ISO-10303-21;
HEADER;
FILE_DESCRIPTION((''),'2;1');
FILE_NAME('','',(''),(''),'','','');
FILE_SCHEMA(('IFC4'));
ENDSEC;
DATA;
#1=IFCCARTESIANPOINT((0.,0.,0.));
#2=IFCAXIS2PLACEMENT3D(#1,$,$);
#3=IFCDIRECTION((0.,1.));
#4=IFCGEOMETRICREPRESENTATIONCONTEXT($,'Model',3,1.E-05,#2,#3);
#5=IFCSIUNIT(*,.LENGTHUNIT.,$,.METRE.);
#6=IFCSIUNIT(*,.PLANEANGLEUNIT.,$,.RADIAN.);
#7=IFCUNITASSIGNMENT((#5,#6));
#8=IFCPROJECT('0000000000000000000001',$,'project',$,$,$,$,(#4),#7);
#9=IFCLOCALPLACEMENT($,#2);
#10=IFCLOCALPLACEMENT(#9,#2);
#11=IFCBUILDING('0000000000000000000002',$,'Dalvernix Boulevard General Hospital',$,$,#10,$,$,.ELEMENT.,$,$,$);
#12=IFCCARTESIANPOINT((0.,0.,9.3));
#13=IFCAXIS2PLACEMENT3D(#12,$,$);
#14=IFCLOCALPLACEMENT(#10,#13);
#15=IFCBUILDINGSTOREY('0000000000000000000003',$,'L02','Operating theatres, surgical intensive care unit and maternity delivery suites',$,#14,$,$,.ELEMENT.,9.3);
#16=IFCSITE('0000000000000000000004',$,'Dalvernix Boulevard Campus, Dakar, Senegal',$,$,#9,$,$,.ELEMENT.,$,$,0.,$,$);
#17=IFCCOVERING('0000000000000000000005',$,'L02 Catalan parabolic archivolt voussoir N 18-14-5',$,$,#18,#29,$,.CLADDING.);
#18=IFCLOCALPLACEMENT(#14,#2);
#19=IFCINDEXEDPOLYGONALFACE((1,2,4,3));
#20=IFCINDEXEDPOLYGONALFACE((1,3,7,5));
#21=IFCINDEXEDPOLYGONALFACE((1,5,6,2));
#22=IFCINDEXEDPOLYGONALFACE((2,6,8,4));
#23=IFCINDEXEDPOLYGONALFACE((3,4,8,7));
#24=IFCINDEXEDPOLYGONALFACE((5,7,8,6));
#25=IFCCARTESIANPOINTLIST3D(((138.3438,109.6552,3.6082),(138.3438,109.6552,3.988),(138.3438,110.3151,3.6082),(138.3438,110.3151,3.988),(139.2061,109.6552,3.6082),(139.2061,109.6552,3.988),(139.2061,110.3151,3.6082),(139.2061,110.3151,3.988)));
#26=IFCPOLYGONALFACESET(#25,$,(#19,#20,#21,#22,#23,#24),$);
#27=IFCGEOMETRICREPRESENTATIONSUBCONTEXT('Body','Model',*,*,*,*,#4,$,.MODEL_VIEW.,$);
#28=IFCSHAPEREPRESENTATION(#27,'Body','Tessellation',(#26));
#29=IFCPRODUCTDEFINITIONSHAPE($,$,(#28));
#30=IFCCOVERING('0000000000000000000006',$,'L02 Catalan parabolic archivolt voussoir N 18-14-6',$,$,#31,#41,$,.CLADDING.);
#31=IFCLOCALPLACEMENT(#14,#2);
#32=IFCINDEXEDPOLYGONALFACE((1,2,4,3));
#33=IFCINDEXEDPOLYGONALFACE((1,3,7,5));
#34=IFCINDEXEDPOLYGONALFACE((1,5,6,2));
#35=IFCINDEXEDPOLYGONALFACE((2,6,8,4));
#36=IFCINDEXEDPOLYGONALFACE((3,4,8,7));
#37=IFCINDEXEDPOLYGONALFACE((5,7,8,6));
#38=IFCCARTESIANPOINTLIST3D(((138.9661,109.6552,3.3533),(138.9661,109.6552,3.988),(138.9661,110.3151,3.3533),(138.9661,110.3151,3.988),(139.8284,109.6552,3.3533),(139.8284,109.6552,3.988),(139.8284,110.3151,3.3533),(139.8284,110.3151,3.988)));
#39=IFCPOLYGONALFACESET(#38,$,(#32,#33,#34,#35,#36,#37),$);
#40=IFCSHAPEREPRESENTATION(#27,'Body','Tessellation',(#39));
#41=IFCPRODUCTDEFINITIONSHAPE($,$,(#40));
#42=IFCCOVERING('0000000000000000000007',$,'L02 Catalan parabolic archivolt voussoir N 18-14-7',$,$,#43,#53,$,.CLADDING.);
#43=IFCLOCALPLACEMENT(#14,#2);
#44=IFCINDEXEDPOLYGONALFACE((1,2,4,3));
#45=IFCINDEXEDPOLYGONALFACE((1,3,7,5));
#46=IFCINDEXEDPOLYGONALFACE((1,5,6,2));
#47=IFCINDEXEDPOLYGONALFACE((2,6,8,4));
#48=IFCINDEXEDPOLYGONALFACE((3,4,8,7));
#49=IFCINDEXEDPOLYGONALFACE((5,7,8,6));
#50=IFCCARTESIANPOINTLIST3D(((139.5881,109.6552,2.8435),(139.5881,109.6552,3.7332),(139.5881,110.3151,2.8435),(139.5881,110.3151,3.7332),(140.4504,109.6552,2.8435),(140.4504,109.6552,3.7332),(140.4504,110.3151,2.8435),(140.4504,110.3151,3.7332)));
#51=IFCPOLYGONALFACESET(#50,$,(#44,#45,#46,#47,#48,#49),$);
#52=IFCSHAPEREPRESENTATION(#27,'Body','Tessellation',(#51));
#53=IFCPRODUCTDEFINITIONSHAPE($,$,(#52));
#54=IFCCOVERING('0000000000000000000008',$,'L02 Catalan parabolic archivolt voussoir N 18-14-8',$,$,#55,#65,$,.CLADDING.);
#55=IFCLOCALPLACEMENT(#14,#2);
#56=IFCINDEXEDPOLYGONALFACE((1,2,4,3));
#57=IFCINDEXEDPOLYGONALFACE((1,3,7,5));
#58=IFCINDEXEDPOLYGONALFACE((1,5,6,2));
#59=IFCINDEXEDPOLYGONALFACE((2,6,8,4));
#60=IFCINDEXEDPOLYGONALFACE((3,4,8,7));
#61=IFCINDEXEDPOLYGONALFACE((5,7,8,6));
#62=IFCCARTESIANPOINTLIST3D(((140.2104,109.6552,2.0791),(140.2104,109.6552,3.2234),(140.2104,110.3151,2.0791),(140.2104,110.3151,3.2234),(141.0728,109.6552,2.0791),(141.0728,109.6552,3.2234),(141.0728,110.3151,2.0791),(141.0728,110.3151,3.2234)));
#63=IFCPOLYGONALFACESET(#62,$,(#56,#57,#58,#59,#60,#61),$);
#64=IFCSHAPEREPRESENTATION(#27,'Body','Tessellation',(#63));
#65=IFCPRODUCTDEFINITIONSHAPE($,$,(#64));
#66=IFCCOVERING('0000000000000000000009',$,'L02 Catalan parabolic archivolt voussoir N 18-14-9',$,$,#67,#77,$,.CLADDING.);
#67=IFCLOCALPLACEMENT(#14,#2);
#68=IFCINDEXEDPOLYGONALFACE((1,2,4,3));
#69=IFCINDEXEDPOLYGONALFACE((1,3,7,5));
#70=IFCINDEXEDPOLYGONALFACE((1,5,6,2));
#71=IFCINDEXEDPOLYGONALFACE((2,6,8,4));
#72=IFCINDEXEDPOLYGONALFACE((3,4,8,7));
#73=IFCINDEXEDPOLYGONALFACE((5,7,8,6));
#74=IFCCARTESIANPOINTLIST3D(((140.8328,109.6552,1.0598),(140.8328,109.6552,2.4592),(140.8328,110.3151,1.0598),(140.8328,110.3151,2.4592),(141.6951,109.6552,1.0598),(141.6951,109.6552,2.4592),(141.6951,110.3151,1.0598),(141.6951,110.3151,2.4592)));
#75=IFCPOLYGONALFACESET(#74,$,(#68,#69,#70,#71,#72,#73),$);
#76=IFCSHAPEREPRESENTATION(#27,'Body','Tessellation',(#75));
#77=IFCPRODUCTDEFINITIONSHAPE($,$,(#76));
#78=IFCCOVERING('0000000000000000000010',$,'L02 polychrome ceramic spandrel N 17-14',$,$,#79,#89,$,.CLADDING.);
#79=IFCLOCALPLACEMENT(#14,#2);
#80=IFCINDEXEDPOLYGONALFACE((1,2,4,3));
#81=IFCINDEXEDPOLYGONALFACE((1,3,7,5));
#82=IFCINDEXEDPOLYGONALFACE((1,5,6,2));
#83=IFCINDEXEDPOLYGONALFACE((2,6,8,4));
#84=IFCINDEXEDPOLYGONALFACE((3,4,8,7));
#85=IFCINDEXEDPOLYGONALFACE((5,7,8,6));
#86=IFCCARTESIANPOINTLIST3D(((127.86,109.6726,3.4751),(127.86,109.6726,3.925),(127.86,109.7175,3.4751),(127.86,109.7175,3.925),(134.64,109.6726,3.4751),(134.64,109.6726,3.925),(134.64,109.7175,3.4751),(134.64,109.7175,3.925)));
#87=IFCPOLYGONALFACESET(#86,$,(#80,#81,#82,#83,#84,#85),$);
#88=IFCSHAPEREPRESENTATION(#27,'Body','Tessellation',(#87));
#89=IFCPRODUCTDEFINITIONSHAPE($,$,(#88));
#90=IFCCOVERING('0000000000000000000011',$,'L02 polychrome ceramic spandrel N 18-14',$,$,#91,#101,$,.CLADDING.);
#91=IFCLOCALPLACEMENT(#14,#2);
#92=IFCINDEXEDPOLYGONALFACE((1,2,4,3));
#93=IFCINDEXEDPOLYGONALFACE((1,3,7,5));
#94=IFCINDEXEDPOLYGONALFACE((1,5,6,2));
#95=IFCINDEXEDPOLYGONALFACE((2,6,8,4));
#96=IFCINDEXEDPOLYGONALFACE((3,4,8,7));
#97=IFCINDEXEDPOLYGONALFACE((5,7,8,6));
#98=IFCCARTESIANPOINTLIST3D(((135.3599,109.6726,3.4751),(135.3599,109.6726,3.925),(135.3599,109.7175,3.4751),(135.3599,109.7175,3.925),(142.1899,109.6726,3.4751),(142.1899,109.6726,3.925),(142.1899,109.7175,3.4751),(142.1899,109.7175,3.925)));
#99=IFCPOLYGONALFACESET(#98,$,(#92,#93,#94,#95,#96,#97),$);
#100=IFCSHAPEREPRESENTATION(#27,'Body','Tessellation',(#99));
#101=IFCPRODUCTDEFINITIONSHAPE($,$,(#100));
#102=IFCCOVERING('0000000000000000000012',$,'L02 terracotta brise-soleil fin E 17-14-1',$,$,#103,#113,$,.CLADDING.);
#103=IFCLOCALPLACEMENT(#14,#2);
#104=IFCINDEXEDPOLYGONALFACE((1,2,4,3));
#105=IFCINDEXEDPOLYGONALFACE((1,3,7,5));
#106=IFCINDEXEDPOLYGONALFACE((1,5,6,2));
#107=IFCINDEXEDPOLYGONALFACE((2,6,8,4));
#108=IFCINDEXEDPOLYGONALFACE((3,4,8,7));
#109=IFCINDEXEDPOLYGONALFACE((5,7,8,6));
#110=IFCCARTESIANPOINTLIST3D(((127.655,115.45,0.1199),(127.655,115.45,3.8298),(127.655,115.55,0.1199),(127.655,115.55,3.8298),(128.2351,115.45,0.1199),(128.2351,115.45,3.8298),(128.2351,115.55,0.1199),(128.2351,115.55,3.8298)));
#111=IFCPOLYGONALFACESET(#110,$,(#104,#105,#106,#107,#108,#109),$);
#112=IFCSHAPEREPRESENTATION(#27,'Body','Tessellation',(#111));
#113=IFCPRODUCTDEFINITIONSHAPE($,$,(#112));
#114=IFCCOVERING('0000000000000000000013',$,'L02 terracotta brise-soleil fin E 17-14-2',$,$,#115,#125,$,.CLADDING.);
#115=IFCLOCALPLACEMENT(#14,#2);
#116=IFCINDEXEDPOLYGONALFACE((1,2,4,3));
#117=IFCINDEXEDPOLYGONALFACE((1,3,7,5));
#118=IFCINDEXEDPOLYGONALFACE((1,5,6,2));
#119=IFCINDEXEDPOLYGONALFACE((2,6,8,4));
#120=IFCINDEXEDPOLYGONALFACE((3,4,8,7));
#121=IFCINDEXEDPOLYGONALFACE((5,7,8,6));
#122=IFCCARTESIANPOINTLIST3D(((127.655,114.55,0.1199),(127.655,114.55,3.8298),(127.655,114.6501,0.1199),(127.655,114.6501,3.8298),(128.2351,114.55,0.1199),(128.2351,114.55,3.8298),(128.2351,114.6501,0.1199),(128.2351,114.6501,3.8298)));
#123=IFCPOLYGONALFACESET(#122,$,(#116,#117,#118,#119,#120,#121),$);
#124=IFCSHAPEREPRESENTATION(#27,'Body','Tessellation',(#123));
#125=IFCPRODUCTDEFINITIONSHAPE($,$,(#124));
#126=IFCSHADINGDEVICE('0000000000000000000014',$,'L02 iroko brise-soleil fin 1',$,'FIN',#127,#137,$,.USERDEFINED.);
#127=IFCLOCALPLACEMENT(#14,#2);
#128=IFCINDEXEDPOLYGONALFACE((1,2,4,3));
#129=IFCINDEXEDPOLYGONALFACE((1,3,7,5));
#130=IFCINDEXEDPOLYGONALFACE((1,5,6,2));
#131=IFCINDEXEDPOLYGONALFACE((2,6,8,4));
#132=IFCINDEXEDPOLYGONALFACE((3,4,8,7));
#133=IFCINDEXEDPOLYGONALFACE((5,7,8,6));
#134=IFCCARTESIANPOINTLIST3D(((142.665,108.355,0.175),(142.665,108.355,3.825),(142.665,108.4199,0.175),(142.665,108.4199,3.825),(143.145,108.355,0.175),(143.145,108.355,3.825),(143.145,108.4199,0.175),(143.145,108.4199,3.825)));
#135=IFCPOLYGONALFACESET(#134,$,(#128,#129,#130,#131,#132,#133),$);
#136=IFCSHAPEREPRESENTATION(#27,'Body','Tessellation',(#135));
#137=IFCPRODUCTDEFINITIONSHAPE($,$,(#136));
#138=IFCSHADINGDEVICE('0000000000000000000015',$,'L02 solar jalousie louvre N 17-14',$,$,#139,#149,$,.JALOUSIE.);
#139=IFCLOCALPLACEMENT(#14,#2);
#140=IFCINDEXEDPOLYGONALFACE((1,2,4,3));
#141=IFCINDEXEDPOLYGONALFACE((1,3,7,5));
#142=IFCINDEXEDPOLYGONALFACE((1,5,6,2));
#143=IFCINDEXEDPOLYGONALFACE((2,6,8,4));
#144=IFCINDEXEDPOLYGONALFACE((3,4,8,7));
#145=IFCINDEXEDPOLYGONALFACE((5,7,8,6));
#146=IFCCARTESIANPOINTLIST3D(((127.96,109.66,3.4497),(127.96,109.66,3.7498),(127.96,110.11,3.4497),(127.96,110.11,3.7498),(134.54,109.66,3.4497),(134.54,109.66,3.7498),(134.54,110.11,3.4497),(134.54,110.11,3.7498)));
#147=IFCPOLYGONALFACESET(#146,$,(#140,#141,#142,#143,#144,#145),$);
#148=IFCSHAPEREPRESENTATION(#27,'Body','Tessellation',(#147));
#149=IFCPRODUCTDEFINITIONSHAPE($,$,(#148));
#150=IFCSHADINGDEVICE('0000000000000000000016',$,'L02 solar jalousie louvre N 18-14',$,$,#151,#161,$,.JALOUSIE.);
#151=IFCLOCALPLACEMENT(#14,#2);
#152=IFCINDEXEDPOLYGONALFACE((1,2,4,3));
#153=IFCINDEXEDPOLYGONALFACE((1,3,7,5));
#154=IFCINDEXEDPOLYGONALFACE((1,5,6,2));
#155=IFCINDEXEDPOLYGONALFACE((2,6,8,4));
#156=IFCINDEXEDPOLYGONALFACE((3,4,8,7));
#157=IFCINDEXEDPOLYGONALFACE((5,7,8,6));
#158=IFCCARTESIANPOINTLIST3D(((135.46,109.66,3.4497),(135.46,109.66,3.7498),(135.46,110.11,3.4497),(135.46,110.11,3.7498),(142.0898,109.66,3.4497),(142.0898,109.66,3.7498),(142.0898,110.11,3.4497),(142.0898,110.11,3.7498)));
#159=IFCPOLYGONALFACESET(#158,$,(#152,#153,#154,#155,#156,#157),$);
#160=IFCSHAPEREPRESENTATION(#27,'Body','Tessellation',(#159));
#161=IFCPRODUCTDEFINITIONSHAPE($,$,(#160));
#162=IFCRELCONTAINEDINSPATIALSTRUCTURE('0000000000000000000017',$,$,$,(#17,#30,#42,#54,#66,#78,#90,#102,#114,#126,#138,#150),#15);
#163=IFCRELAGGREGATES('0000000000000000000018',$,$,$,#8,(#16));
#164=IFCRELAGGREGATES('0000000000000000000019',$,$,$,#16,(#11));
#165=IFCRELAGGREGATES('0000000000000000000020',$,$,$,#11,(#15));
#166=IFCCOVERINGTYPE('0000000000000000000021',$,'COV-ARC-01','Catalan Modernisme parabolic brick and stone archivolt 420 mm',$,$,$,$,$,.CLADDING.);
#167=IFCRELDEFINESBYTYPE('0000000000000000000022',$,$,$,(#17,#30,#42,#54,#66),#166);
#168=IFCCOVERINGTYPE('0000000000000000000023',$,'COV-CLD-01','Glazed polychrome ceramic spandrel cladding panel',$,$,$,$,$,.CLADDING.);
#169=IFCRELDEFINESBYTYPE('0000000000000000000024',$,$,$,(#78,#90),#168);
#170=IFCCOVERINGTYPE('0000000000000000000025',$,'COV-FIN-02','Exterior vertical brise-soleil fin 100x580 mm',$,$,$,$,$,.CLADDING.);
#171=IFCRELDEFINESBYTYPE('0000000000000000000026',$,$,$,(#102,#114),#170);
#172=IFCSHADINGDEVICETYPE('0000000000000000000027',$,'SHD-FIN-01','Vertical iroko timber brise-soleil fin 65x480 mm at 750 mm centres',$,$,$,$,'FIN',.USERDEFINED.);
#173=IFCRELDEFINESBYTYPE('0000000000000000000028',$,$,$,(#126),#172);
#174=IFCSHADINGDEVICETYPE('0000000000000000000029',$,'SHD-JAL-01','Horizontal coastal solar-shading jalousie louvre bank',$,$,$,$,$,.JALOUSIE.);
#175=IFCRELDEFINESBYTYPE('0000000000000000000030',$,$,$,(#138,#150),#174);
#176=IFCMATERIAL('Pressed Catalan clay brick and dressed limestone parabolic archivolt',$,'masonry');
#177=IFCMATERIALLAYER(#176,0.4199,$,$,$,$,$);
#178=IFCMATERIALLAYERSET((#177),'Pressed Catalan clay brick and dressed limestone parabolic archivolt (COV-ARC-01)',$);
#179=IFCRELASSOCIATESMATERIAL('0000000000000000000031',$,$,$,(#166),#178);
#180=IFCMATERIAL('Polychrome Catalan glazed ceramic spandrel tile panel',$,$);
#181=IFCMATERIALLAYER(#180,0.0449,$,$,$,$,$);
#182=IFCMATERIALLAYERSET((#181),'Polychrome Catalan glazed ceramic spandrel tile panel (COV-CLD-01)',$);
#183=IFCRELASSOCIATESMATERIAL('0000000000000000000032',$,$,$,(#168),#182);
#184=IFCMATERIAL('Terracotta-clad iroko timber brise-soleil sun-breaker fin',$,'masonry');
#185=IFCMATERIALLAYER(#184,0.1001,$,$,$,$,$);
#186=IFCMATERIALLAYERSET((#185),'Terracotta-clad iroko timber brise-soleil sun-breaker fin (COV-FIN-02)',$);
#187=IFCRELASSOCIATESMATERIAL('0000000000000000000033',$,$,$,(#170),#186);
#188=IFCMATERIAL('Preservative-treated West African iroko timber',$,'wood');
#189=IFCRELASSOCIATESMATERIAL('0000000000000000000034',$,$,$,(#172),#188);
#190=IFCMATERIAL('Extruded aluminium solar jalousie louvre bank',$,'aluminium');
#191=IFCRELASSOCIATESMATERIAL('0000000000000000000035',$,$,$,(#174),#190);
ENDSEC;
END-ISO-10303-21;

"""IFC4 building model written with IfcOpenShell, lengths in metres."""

from ifc_helpers import new_model, si_unit, direction, frame, origin, origin_2d, place, context, subcontext, project, spatial, rectangle, extrude, material, layer, layer_set, type_object, element, save


model = new_model("IFC4")

# Units and contexts
model_context = context("Model", 3, precision=1e-05, world=origin(), true_north=direction((0.0, 1.0)))
body_context = subcontext(model_context, "Body", "Model", "MODEL_VIEW")
ifc_project = project(units=[si_unit("LENGTHUNIT", "METRE"), si_unit("PLANEANGLEUNIT", "RADIAN")], contexts=[model_context])

# Site, building, storey
site_placement = place(None, origin())
site = spatial("IfcSite", under=ifc_project, at=site_placement, Name="Dalvernix Boulevard Campus, Dakar, Senegal", CompositionType="ELEMENT", RefElevation=0.0)
building_placement = place(site_placement, origin())
building = spatial("IfcBuilding", under=site, at=building_placement, Name="Dalvernix Boulevard General Hospital", CompositionType="ELEMENT")
storey_placement = place(building_placement, frame((0.0, 0.0, 9.3)))
storey = spatial("IfcBuildingStorey", under=building, at=storey_placement, Name="L02", Description="Operating theatres, surgical intensive care unit and maternity delivery suites", CompositionType="ELEMENT", Elevation=9.3)

# Coverings
ifc_material_1 = material(Name="Pressed Catalan clay brick and dressed limestone parabolic archivolt", Category="masonry")
ifc_layer_1 = layer(ifc_material_1, 0.4199)
ifc_layer_set_1 = layer_set([ifc_layer_1], Name="Pressed Catalan clay brick and dressed limestone parabolic archivolt (COV-ARC-01)")
covering_type_1 = type_object("IfcCoveringType", Name="COV-ARC-01", Description="Catalan Modernisme parabolic brick and stone archivolt 420 mm", PredefinedType="CLADDING", material=ifc_layer_set_1)
covering_1_placement = place(storey_placement, frame((138.7749, 109.9851, 3.6082), z_axis=(0.0, 0.0, 1.0), x_axis=(1.0, 0.0, 0.0)))
element("IfcCovering", 1, at=covering_1_placement, inside=storey, type_object=covering_type_1, Name="L02 Catalan parabolic archivolt voussoir N 18-14-5", PredefinedType="CLADDING", context=body_context, shape_type="SweptSolid", body=[
    extrude(rectangle(XDim=0.8623, YDim=0.6599, at=origin_2d()), origin(), (0.0, 0.0, 1.0), 0.3799),
])
covering_2_placement = place(storey_placement, frame((139.3972, 109.9851, 3.3533), z_axis=(0.0, 0.0, 1.0), x_axis=(1.0, 0.0, 0.0)))
element("IfcCovering", 2, at=covering_2_placement, inside=storey, type_object=covering_type_1, Name="L02 Catalan parabolic archivolt voussoir N 18-14-6", PredefinedType="CLADDING", context=body_context, shape_type="SweptSolid", body=[
    extrude(rectangle(XDim=0.8623, YDim=0.6599, at=origin_2d()), origin(), (0.0, 0.0, 1.0), 0.6348),
])
covering_3_placement = place(storey_placement, frame((140.0193, 109.9851, 2.8435), z_axis=(0.0, 0.0, 1.0), x_axis=(1.0, 0.0, 0.0)))
element("IfcCovering", 3, at=covering_3_placement, inside=storey, type_object=covering_type_1, Name="L02 Catalan parabolic archivolt voussoir N 18-14-7", PredefinedType="CLADDING", context=body_context, shape_type="SweptSolid", body=[
    extrude(rectangle(XDim=0.8623, YDim=0.6599, at=origin_2d()), origin(), (0.0, 0.0, 1.0), 0.8896),
])
covering_4_placement = place(storey_placement, frame((140.6416, 109.9851, 2.0791), z_axis=(0.0, 0.0, 1.0), x_axis=(1.0, 0.0, 0.0)))
element("IfcCovering", 4, at=covering_4_placement, inside=storey, type_object=covering_type_1, Name="L02 Catalan parabolic archivolt voussoir N 18-14-8", PredefinedType="CLADDING", context=body_context, shape_type="SweptSolid", body=[
    extrude(rectangle(XDim=0.8623, YDim=0.6599, at=origin_2d()), origin(), (0.0, 0.0, 1.0), 1.1443),
])
covering_5_placement = place(storey_placement, frame((141.2639, 109.9851, 1.0598), z_axis=(0.0, 0.0, 1.0), x_axis=(1.0, 0.0, 0.0)))
element("IfcCovering", 5, at=covering_5_placement, inside=storey, type_object=covering_type_1, Name="L02 Catalan parabolic archivolt voussoir N 18-14-9", PredefinedType="CLADDING", context=body_context, shape_type="SweptSolid", body=[
    extrude(rectangle(XDim=0.8623, YDim=0.6599, at=origin_2d()), origin(), (0.0, 0.0, 1.0), 1.3994),
])
ifc_material_2 = material(Name="Polychrome Catalan glazed ceramic spandrel tile panel")
ifc_layer_2 = layer(ifc_material_2, 0.0449)
ifc_layer_set_2 = layer_set([ifc_layer_2], Name="Polychrome Catalan glazed ceramic spandrel tile panel (COV-CLD-01)")
covering_type_2 = type_object("IfcCoveringType", Name="COV-CLD-01", Description="Glazed polychrome ceramic spandrel cladding panel", PredefinedType="CLADDING", material=ifc_layer_set_2)
covering_6_placement = place(storey_placement, frame((131.25, 109.6951, 3.4751), z_axis=(0.0, 0.0, 1.0), x_axis=(1.0, 0.0, 0.0)))
element("IfcCovering", 6, at=covering_6_placement, inside=storey, type_object=covering_type_2, Name="L02 polychrome ceramic spandrel N 17-14", PredefinedType="CLADDING", context=body_context, shape_type="SweptSolid", body=[
    extrude(rectangle(XDim=6.78, YDim=0.0449, at=origin_2d()), origin(), (0.0, 0.0, 1.0), 0.45),
])
covering_7_placement = place(storey_placement, frame((138.7749, 109.6951, 3.4751), z_axis=(0.0, 0.0, 1.0), x_axis=(1.0, 0.0, 0.0)))
element("IfcCovering", 7, at=covering_7_placement, inside=storey, type_object=covering_type_2, Name="L02 polychrome ceramic spandrel N 18-14", PredefinedType="CLADDING", context=body_context, shape_type="SweptSolid", body=[
    extrude(rectangle(XDim=6.8301, YDim=0.0449, at=origin_2d()), origin(), (0.0, 0.0, 1.0), 0.45),
])
ifc_material_3 = material(Name="Terracotta-clad iroko timber brise-soleil sun-breaker fin", Category="masonry")
ifc_layer_3 = layer(ifc_material_3, 0.1001)
ifc_layer_set_3 = layer_set([ifc_layer_3], Name="Terracotta-clad iroko timber brise-soleil sun-breaker fin (COV-FIN-02)")
covering_type_3 = type_object("IfcCoveringType", Name="COV-FIN-02", Description="Exterior vertical brise-soleil fin 100x580 mm", PredefinedType="CLADDING", material=ifc_layer_set_3)
for number, where, z_axis, x_axis, name in (
    (8, (127.9451, 115.5, 0.1199), (0.0, 0.0, 1.0), (0.0, -1.0, 0.0), "L02 terracotta brise-soleil fin E 17-14-1"),
    (9, (127.9451, 114.6001, 0.1199), (0.0, 0.0, 1.0), (0.0, -1.0, 0.0), "L02 terracotta brise-soleil fin E 17-14-2"),
):
    element("IfcCovering", number, at=place(storey_placement, frame(where, z_axis=z_axis, x_axis=x_axis)), inside=storey, type_object=covering_type_3, Name=name, PredefinedType="CLADDING", context=body_context, shape_type="SweptSolid", body=[
        extrude(rectangle(XDim=0.1001, YDim=0.5801, at=origin_2d()), origin(), (0.0, 0.0, 1.0), 3.71),
    ])

# Shading devices
ifc_material_4 = material(Name="Preservative-treated West African iroko timber", Category="wood")
shading_device_type_1 = type_object("IfcShadingDeviceType", Name="SHD-FIN-01", Description="Vertical iroko timber brise-soleil fin 65x480 mm at 750 mm centres", ElementType="FIN", PredefinedType="USERDEFINED", material=ifc_material_4)
shading_device_1_placement = place(storey_placement, frame((142.905, 108.3875, 0.175), z_axis=(0.0, 0.0, 1.0), x_axis=(0.0, -1.0, 0.0)))
element("IfcShadingDevice", 10, at=shading_device_1_placement, inside=storey, type_object=shading_device_type_1, Name="L02 iroko brise-soleil fin 1", ObjectType="FIN", PredefinedType="USERDEFINED", context=body_context, shape_type="SweptSolid", body=[
    extrude(rectangle(XDim=0.0649, YDim=0.48, at=origin_2d()), origin(), (0.0, 0.0, 1.0), 3.6499),
])
ifc_material_5 = material(Name="Extruded aluminium solar jalousie louvre bank", Category="aluminium")
shading_device_type_2 = type_object("IfcShadingDeviceType", Name="SHD-JAL-01", Description="Horizontal coastal solar-shading jalousie louvre bank", PredefinedType="JALOUSIE", material=ifc_material_5)
shading_device_2_placement = place(storey_placement, frame((131.25, 109.885, 3.4497), z_axis=(0.0, 0.0, 1.0), x_axis=(1.0, 0.0, 0.0)))
element("IfcShadingDevice", 11, at=shading_device_2_placement, inside=storey, type_object=shading_device_type_2, Name="L02 solar jalousie louvre N 17-14", PredefinedType="JALOUSIE", context=body_context, shape_type="SweptSolid", body=[
    extrude(rectangle(XDim=6.5801, YDim=0.45, at=origin_2d()), origin(), (0.0, 0.0, 1.0), 0.3),
])
shading_device_3_placement = place(storey_placement, frame((138.7749, 109.885, 3.4497), z_axis=(0.0, 0.0, 1.0), x_axis=(1.0, 0.0, 0.0)))
element("IfcShadingDevice", 12, at=shading_device_3_placement, inside=storey, type_object=shading_device_type_2, Name="L02 solar jalousie louvre N 18-14", PredefinedType="JALOUSIE", context=body_context, shape_type="SweptSolid", body=[
    extrude(rectangle(XDim=6.6299, YDim=0.45, at=origin_2d()), origin(), (0.0, 0.0, 1.0), 0.3),
])

save(model, "model.ifc")
